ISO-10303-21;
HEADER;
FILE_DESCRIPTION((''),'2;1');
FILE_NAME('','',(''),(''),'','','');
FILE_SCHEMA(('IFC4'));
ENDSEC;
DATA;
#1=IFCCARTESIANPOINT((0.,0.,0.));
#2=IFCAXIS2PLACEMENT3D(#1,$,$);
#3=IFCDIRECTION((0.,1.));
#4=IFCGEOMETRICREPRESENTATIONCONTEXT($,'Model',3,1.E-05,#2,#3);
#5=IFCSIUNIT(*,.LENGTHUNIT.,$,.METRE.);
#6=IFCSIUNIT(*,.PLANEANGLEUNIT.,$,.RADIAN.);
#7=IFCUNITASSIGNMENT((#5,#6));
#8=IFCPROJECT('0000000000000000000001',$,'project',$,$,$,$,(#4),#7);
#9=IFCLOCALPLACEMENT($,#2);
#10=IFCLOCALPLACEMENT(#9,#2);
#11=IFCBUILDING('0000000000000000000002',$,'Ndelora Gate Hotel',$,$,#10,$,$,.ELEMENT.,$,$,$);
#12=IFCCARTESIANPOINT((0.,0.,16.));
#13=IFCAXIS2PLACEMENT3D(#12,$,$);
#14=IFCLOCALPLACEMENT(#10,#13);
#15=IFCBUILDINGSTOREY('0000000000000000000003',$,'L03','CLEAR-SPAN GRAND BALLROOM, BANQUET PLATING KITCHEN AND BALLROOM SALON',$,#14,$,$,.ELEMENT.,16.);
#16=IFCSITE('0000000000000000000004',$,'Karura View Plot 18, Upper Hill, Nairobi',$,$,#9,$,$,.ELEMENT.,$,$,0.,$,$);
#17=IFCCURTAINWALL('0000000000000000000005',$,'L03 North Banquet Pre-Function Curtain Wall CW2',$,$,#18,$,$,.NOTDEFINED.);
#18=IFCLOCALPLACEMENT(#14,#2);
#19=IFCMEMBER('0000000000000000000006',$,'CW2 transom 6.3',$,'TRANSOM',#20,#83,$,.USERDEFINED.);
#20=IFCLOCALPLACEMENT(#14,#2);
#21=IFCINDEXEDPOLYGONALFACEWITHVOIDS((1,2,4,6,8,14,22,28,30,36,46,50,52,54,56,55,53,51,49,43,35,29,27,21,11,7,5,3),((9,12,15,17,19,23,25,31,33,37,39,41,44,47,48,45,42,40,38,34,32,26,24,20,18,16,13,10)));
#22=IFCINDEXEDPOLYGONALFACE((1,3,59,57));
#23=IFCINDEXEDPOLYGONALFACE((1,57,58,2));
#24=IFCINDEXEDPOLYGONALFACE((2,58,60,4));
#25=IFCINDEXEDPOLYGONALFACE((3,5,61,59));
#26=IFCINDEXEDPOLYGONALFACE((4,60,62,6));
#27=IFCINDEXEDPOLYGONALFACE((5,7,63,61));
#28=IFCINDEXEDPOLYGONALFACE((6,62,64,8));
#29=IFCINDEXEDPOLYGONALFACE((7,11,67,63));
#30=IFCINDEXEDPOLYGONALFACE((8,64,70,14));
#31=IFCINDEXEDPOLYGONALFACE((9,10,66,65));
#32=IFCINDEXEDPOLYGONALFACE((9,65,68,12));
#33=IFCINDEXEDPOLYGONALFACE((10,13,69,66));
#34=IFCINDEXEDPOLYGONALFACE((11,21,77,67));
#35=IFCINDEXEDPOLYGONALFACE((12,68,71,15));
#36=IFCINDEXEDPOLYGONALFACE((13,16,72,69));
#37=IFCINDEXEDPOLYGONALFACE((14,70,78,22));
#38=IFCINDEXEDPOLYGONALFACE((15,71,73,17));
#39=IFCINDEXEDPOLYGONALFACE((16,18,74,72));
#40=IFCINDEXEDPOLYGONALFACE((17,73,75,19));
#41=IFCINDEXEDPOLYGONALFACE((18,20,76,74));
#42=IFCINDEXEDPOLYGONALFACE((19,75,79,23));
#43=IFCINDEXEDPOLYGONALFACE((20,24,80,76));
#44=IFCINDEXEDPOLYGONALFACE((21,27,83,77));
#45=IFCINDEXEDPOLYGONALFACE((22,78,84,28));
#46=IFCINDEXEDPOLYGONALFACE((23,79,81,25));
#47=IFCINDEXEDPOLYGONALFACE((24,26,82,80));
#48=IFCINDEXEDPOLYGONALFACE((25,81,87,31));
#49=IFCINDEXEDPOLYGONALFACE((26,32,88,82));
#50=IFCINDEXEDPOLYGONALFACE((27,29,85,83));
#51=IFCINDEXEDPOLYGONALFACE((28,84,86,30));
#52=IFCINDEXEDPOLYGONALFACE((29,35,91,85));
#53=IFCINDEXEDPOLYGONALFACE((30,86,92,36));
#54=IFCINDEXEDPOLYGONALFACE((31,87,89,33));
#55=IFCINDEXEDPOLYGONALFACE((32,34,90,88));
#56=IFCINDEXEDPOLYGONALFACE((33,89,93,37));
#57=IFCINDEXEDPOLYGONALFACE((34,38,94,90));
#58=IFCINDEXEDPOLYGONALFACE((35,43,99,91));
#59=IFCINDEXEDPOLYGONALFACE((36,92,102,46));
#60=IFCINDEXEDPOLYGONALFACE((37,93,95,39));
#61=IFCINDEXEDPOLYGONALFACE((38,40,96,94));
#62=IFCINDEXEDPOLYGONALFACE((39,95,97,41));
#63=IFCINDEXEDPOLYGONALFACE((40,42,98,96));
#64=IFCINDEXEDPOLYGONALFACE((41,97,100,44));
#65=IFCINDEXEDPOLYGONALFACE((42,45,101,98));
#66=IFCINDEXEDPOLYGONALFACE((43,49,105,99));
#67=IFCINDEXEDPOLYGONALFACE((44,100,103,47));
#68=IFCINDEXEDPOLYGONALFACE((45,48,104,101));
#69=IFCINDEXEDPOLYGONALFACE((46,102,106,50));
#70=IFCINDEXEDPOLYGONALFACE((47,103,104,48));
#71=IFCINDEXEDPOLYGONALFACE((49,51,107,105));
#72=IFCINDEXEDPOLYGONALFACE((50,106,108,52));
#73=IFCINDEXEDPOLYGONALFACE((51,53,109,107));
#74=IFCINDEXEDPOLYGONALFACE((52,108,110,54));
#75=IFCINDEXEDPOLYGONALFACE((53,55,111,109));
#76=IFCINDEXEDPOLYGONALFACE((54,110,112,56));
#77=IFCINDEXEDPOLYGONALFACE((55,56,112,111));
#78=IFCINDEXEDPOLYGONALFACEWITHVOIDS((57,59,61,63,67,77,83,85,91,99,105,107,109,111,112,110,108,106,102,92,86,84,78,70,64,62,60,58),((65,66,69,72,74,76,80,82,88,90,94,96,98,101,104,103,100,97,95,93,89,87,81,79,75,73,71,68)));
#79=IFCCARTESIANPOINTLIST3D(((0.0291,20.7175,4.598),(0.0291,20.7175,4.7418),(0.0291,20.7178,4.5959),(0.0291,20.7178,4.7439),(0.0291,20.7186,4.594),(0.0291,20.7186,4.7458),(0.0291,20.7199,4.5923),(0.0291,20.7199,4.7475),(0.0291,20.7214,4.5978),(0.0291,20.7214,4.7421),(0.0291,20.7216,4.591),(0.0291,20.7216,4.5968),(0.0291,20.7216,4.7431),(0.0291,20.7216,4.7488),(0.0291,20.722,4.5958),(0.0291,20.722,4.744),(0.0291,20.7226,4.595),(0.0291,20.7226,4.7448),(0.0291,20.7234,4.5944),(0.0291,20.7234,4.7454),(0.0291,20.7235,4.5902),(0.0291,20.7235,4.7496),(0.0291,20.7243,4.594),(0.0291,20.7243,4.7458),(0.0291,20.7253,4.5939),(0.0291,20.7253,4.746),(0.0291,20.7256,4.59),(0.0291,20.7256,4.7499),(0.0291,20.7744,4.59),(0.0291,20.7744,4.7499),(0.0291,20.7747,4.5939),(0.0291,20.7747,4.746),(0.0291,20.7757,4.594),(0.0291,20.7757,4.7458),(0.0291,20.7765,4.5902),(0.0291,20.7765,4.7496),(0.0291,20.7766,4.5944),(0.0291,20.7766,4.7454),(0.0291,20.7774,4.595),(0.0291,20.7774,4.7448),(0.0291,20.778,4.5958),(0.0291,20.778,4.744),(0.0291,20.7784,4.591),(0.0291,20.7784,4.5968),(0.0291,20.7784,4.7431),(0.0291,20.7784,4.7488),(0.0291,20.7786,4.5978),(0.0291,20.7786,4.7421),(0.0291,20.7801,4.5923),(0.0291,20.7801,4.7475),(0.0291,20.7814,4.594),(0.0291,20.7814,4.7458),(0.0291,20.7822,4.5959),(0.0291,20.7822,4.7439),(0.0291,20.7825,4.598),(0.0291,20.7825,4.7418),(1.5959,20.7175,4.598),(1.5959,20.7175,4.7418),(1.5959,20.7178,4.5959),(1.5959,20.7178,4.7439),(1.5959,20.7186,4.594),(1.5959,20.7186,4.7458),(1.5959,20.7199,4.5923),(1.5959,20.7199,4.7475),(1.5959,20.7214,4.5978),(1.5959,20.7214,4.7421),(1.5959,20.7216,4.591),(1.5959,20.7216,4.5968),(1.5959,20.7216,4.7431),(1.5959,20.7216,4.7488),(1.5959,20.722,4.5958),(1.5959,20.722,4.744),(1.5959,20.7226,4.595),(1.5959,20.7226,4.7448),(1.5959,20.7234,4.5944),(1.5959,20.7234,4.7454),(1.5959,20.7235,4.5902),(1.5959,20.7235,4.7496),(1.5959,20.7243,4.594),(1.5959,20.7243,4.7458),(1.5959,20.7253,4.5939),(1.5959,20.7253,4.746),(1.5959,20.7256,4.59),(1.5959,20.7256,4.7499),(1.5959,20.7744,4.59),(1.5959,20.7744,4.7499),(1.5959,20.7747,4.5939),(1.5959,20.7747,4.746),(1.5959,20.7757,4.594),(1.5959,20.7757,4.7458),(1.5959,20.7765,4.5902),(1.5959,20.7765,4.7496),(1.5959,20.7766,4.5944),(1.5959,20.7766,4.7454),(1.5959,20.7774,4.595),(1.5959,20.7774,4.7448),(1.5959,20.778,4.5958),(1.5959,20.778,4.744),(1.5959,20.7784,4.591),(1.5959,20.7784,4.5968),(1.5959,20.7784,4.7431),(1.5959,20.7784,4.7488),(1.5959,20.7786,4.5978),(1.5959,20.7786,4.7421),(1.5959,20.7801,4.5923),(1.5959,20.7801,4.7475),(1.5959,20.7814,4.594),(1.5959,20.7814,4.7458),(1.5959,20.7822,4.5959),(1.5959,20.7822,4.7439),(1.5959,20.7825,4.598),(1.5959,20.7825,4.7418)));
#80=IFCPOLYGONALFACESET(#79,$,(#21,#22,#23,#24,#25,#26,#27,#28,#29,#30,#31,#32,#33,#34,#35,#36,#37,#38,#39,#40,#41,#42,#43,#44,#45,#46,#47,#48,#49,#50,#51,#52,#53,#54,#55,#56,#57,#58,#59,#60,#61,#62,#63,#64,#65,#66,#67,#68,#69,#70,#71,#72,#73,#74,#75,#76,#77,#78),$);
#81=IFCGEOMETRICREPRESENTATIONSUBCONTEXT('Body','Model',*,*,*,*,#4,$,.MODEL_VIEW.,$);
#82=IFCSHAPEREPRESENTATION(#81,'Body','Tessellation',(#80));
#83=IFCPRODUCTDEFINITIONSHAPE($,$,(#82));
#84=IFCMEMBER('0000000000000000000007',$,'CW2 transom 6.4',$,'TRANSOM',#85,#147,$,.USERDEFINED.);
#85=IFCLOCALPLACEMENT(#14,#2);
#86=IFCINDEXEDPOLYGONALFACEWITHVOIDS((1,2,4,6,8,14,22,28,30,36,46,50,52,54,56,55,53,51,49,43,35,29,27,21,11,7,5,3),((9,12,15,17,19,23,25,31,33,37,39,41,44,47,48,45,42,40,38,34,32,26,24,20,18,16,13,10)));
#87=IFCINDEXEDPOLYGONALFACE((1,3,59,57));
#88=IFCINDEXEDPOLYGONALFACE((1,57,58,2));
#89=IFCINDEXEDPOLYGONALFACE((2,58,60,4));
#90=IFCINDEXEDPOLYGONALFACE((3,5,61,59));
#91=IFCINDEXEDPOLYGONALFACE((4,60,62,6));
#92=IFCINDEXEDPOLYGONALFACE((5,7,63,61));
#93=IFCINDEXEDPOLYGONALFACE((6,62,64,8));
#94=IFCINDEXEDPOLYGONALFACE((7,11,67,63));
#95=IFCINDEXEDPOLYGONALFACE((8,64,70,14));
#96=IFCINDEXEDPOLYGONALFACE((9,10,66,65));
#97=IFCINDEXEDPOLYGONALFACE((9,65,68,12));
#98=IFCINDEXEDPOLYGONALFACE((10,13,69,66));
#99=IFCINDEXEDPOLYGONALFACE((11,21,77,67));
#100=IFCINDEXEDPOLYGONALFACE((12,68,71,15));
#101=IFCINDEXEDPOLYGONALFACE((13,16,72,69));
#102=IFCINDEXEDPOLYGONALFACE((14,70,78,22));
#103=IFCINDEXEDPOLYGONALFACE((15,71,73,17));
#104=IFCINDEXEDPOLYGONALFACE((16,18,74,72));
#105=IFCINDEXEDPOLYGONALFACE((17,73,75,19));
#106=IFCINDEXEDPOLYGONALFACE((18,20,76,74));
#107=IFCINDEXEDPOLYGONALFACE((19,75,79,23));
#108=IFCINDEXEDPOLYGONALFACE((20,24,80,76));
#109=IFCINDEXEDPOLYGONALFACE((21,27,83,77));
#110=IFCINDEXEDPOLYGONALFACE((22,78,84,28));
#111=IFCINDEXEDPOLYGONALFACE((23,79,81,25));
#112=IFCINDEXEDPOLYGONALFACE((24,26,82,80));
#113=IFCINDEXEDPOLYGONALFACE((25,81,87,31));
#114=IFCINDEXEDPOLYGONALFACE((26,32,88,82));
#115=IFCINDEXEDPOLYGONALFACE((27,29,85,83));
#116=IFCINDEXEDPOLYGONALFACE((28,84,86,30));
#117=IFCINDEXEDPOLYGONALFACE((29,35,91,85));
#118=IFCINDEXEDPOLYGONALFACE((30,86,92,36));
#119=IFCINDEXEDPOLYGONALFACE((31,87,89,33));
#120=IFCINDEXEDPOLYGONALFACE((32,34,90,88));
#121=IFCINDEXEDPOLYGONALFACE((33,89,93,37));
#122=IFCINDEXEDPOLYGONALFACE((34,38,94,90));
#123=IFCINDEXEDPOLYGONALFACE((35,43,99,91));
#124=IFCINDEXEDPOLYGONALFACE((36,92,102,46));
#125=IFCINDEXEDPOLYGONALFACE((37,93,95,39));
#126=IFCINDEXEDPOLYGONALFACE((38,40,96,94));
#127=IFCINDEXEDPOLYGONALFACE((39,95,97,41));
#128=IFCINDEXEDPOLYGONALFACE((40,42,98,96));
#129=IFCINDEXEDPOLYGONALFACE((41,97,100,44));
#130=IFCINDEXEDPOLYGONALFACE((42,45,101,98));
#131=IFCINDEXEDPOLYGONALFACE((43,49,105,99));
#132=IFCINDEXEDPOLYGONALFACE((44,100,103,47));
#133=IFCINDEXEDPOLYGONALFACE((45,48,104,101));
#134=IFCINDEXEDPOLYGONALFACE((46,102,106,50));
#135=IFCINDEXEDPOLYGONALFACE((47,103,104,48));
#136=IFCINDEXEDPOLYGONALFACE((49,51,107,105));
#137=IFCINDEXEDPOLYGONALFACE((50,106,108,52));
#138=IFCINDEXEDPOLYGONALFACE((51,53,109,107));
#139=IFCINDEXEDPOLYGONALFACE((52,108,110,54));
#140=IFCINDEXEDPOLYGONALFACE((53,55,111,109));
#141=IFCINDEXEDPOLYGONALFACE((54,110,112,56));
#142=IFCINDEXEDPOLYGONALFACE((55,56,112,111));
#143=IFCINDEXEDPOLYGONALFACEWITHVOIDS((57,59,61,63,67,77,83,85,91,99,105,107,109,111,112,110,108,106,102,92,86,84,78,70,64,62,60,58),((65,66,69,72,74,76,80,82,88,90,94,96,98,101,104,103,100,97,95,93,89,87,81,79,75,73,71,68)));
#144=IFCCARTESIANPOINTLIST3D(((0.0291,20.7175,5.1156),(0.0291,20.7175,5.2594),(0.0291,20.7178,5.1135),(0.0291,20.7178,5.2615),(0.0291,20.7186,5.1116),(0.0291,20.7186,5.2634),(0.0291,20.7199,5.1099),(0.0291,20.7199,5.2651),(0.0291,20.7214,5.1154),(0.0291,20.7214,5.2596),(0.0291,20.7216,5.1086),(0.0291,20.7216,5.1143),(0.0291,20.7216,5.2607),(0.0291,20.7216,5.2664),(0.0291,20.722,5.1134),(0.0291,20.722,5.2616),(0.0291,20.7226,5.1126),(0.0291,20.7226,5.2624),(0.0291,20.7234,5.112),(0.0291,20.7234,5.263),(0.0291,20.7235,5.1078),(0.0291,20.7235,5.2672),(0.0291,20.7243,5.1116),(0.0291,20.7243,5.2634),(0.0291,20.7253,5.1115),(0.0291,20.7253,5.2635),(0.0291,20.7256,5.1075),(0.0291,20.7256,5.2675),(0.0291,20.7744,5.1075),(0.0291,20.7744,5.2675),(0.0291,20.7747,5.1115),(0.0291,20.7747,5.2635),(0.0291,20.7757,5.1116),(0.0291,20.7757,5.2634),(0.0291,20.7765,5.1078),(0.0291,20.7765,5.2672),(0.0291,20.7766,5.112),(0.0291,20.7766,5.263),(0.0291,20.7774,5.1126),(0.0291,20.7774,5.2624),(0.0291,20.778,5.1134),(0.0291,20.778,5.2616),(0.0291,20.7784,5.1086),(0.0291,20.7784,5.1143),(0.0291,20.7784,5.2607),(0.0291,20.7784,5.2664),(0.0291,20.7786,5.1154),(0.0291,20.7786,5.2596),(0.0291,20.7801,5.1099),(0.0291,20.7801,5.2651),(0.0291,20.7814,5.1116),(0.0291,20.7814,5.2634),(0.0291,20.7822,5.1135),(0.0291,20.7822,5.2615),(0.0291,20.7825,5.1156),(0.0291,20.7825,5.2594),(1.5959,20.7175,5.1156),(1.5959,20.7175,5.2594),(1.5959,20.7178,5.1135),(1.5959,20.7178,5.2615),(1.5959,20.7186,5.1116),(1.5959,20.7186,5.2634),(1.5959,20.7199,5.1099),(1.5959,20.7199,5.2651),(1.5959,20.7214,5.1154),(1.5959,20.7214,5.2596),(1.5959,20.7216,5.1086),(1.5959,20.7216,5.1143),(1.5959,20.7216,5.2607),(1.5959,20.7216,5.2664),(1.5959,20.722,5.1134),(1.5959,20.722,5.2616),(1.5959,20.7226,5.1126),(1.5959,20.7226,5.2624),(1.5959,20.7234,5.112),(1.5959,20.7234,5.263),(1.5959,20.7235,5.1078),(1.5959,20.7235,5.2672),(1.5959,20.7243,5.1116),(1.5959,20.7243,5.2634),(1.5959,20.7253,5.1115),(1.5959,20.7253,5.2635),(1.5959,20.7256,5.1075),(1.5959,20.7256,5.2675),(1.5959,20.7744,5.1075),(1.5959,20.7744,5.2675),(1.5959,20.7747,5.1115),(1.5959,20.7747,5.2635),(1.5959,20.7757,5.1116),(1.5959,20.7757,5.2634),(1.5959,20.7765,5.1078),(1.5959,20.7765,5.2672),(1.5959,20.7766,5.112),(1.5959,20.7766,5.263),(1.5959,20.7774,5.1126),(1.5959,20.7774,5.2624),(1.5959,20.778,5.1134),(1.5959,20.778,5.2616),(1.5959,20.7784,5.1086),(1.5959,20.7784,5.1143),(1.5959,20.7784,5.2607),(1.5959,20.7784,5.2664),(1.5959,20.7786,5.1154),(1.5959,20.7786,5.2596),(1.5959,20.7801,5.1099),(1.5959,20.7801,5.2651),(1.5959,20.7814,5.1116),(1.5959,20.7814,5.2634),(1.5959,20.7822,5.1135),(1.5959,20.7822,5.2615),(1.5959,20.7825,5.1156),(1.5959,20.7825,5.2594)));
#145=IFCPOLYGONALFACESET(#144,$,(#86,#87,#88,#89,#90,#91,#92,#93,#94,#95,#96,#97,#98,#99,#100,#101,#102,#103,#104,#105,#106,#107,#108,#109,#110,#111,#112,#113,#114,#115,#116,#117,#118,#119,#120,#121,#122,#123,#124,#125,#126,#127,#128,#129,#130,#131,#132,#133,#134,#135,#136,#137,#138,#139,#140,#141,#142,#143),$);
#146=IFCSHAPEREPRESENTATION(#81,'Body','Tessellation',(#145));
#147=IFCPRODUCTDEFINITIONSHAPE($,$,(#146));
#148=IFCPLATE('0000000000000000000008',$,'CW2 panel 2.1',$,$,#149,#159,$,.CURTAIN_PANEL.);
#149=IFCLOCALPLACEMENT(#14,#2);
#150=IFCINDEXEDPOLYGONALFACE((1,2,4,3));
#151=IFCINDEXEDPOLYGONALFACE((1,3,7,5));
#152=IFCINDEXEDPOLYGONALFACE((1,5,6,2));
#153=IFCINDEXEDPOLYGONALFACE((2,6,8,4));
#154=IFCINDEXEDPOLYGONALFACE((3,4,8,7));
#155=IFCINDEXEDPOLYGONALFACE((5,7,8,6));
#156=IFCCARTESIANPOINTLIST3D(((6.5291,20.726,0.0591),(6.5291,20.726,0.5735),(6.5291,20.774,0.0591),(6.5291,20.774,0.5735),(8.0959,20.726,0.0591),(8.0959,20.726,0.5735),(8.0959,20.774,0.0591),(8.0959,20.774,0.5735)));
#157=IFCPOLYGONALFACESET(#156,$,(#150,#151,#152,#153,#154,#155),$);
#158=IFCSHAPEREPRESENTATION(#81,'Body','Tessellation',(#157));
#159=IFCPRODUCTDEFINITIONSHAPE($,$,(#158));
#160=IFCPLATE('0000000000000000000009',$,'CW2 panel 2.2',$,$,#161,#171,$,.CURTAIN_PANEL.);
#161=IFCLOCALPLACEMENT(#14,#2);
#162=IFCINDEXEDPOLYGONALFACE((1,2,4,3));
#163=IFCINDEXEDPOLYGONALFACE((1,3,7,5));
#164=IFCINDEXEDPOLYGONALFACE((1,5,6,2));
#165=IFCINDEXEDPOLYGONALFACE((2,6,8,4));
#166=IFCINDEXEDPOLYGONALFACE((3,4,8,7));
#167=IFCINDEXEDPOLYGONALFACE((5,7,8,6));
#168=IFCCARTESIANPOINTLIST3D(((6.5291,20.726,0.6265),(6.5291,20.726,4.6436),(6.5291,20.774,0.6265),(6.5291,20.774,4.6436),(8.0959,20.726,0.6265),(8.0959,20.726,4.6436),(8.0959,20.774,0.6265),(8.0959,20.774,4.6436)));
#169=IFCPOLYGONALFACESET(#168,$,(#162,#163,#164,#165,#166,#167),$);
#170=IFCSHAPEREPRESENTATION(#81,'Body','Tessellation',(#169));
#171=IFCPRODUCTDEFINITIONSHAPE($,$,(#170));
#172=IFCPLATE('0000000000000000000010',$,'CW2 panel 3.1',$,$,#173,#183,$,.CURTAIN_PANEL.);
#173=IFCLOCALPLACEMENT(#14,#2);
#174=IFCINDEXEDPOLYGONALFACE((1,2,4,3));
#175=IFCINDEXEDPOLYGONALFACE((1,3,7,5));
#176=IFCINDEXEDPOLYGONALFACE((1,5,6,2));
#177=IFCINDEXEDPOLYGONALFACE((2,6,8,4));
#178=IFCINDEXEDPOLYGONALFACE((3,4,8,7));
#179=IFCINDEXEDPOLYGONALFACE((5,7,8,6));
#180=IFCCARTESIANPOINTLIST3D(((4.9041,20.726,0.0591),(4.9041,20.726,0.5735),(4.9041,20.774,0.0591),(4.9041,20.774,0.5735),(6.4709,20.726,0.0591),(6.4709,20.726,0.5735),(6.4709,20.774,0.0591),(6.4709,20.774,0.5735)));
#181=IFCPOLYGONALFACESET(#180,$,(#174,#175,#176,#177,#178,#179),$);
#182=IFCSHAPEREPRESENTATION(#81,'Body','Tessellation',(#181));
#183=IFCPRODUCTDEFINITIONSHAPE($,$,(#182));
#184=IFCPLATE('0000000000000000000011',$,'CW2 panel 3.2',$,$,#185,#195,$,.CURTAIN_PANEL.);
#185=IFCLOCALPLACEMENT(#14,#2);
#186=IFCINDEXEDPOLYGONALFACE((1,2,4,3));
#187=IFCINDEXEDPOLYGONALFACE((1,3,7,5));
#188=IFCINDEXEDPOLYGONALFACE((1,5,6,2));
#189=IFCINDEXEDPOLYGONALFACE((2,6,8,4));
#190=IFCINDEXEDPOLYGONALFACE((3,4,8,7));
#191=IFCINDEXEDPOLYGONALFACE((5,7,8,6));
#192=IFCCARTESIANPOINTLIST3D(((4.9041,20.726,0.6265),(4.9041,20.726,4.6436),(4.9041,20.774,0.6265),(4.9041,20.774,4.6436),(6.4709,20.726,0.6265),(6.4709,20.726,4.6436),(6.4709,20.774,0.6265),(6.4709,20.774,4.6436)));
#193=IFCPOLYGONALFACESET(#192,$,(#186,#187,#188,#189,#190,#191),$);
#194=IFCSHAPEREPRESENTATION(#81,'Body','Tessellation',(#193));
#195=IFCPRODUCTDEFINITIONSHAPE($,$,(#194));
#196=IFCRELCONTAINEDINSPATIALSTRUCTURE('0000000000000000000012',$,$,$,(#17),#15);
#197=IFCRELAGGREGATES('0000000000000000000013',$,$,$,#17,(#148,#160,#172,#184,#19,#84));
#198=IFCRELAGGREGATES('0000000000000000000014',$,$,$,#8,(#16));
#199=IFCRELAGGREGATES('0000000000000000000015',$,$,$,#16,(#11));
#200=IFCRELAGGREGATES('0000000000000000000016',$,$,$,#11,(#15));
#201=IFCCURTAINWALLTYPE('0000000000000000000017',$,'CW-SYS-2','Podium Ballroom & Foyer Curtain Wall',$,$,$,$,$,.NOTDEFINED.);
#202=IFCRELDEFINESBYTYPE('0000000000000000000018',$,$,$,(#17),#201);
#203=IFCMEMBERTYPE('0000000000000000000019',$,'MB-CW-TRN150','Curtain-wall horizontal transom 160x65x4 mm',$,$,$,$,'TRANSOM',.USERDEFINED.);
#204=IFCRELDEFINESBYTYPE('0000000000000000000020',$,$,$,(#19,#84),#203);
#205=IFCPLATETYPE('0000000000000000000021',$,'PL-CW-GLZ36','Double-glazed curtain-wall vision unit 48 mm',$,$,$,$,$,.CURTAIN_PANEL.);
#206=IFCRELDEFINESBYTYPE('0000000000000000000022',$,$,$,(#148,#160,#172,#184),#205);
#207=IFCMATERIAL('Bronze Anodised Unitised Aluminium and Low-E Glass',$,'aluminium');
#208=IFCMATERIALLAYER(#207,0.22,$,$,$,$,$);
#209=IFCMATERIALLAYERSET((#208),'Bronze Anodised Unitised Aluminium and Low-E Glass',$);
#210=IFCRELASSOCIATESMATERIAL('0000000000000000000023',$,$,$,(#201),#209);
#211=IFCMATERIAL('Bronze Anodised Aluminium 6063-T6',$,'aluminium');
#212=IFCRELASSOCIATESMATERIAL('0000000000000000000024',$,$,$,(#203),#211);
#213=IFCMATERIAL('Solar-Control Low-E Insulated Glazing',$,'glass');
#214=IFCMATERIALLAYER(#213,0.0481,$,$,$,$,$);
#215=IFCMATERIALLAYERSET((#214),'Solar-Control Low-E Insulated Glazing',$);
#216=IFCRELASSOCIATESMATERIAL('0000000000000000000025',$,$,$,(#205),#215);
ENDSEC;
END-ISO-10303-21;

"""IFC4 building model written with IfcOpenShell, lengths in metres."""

from ifc_helpers import new_model, si_unit, direction, frame, origin, origin_2d, place, context, subcontext, project, spatial, rectangle, hollow_rectangle, extrude, material, layer, layer_set, material_profile, profile_set, type_object, element, aggregate, save


model = new_model("IFC4")

# Units and contexts
model_context = context("Model", 3, precision=1e-05, world=origin(), true_north=direction((0.0, 1.0)))
body_context = subcontext(model_context, "Body", "Model", "MODEL_VIEW")
ifc_project = project(units=[si_unit("LENGTHUNIT", "METRE"), si_unit("PLANEANGLEUNIT", "RADIAN")], contexts=[model_context])

# Site, building, storey
site_placement = place(None, origin())
site = spatial("IfcSite", under=ifc_project, at=site_placement, Name="Karura View Plot 18, Upper Hill, Nairobi", CompositionType="ELEMENT", RefElevation=0.0)
building_placement = place(site_placement, origin())
building = spatial("IfcBuilding", under=site, at=building_placement, Name="Ndelora Gate Hotel", CompositionType="ELEMENT")
storey_placement = place(building_placement, frame((0.0, 0.0, 16.0)))
storey = spatial("IfcBuildingStorey", under=building, at=storey_placement, Name="L03", Description="CLEAR-SPAN GRAND BALLROOM, BANQUET PLATING KITCHEN AND BALLROOM SALON", CompositionType="ELEMENT", Elevation=16.0)

# Curtain wall, members, plates
ifc_material_1 = material(Name="Bronze Anodised Unitised Aluminium and Low-E Glass", Category="aluminium")
ifc_layer_1 = layer(ifc_material_1, 0.22)
ifc_layer_set_1 = layer_set([ifc_layer_1], Name="Bronze Anodised Unitised Aluminium and Low-E Glass")
curtain_wall_type = type_object("IfcCurtainWallType", Name="CW-SYS-2", Description="Podium Ballroom & Foyer Curtain Wall", PredefinedType="NOTDEFINED", material=ifc_layer_set_1)
curtain_wall_placement = place(storey_placement, origin())
curtain_wall = element("IfcCurtainWall", 1, at=curtain_wall_placement, inside=storey, type_object=curtain_wall_type, Name="L03 North Banquet Pre-Function Curtain Wall CW2", PredefinedType="NOTDEFINED")
ifc_material_2 = material(Name="Bronze Anodised Aluminium 6063-T6", Category="aluminium")
ifc_material_profile_1 = material_profile(ifc_material_2, hollow_rectangle(XDim=0.0649, YDim=0.1599, WallThickness=0.0039, InnerFilletRadius=0.0039, OuterFilletRadius=0.0081, at=origin_2d()), Name="ALU 160x65x4")
ifc_profile_set_1 = profile_set([ifc_material_profile_1], Name="Bronze Anodised Aluminium 6063-T6")
member_type_1 = type_object("IfcMemberType", Name="MB-CW-TRN150", Description="Curtain-wall horizontal transom 160x65x4 mm", ElementType="TRANSOM", PredefinedType="USERDEFINED", material=ifc_profile_set_1)
member_1_placement = place(storey_placement, frame((1.5959, 20.75, 4.6699), z_axis=(-1.0, 0.0, 0.0), x_axis=(0.0, -1.0, 0.0)))
member_1 = element("IfcMember", 2, at=member_1_placement, type_object=member_type_1, Name="CW2 transom 6.3", ObjectType="TRANSOM", PredefinedType="USERDEFINED", context=body_context, shape_type="SweptSolid", body=[
    extrude(hollow_rectangle(XDim=0.0649, YDim=0.1599, WallThickness=0.0039, InnerFilletRadius=0.0039, OuterFilletRadius=0.0081, at=origin_2d()), origin(), (0.0, 0.0, 1.0), 1.5669),
])
member_2_placement = place(storey_placement, frame((1.5959, 20.75, 5.1875), z_axis=(-1.0, 0.0, 0.0), x_axis=(0.0, -1.0, 0.0)))
member_2 = element("IfcMember", 3, at=member_2_placement, type_object=member_type_1, Name="CW2 transom 6.4", ObjectType="TRANSOM", PredefinedType="USERDEFINED", context=body_context, shape_type="SweptSolid", body=[
    extrude(hollow_rectangle(XDim=0.0649, YDim=0.1599, WallThickness=0.0039, InnerFilletRadius=0.0039, OuterFilletRadius=0.0081, at=origin_2d()), origin(), (0.0, 0.0, 1.0), 1.5669),
])
ifc_material_3 = material(Name="Solar-Control Low-E Insulated Glazing", Category="glass")
ifc_layer_2 = layer(ifc_material_3, 0.0481)
ifc_layer_set_2 = layer_set([ifc_layer_2], Name="Solar-Control Low-E Insulated Glazing")
plate_type = type_object("IfcPlateType", Name="PL-CW-GLZ36", Description="Double-glazed curtain-wall vision unit 48 mm", PredefinedType="CURTAIN_PANEL", material=ifc_layer_set_2)
plate_1_placement = place(storey_placement, frame((7.3125, 20.75, 0.0591), z_axis=(0.0, 0.0, 1.0), x_axis=(-1.0, 0.0, 0.0)))
plate_1 = element("IfcPlate", 4, at=plate_1_placement, type_object=plate_type, Name="CW2 panel 2.1", PredefinedType="CURTAIN_PANEL", context=body_context, shape_type="SweptSolid", body=[
    extrude(rectangle(XDim=1.5669, YDim=0.0481, at=origin_2d()), origin(), (0.0, 0.0, 1.0), 0.5144),
])
plate_2_placement = place(storey_placement, frame((7.3125, 20.75, 0.6265), z_axis=(0.0, 0.0, 1.0), x_axis=(-1.0, 0.0, 0.0)))
plate_2 = element("IfcPlate", 5, at=plate_2_placement, type_object=plate_type, Name="CW2 panel 2.2", PredefinedType="CURTAIN_PANEL", context=body_context, shape_type="SweptSolid", body=[
    extrude(rectangle(XDim=1.5669, YDim=0.0481, at=origin_2d()), origin(), (0.0, 0.0, 1.0), 4.0171),
])
plate_3_placement = place(storey_placement, frame((5.6875, 20.75, 0.0591), z_axis=(0.0, 0.0, 1.0), x_axis=(-1.0, 0.0, 0.0)))
plate_3 = element("IfcPlate", 6, at=plate_3_placement, type_object=plate_type, Name="CW2 panel 3.1", PredefinedType="CURTAIN_PANEL", context=body_context, shape_type="SweptSolid", body=[
    extrude(rectangle(XDim=1.5669, YDim=0.0481, at=origin_2d()), origin(), (0.0, 0.0, 1.0), 0.5144),
])
plate_4_placement = place(storey_placement, frame((5.6875, 20.75, 0.6265), z_axis=(0.0, 0.0, 1.0), x_axis=(-1.0, 0.0, 0.0)))
plate_4 = element("IfcPlate", 7, at=plate_4_placement, type_object=plate_type, Name="CW2 panel 3.2", PredefinedType="CURTAIN_PANEL", context=body_context, shape_type="SweptSolid", body=[
    extrude(rectangle(XDim=1.5669, YDim=0.0481, at=origin_2d()), origin(), (0.0, 0.0, 1.0), 4.0171),
])
aggregate(curtain_wall, [plate_1, plate_2, plate_3, plate_4, member_1, member_2])

save(model, "model.ifc")
